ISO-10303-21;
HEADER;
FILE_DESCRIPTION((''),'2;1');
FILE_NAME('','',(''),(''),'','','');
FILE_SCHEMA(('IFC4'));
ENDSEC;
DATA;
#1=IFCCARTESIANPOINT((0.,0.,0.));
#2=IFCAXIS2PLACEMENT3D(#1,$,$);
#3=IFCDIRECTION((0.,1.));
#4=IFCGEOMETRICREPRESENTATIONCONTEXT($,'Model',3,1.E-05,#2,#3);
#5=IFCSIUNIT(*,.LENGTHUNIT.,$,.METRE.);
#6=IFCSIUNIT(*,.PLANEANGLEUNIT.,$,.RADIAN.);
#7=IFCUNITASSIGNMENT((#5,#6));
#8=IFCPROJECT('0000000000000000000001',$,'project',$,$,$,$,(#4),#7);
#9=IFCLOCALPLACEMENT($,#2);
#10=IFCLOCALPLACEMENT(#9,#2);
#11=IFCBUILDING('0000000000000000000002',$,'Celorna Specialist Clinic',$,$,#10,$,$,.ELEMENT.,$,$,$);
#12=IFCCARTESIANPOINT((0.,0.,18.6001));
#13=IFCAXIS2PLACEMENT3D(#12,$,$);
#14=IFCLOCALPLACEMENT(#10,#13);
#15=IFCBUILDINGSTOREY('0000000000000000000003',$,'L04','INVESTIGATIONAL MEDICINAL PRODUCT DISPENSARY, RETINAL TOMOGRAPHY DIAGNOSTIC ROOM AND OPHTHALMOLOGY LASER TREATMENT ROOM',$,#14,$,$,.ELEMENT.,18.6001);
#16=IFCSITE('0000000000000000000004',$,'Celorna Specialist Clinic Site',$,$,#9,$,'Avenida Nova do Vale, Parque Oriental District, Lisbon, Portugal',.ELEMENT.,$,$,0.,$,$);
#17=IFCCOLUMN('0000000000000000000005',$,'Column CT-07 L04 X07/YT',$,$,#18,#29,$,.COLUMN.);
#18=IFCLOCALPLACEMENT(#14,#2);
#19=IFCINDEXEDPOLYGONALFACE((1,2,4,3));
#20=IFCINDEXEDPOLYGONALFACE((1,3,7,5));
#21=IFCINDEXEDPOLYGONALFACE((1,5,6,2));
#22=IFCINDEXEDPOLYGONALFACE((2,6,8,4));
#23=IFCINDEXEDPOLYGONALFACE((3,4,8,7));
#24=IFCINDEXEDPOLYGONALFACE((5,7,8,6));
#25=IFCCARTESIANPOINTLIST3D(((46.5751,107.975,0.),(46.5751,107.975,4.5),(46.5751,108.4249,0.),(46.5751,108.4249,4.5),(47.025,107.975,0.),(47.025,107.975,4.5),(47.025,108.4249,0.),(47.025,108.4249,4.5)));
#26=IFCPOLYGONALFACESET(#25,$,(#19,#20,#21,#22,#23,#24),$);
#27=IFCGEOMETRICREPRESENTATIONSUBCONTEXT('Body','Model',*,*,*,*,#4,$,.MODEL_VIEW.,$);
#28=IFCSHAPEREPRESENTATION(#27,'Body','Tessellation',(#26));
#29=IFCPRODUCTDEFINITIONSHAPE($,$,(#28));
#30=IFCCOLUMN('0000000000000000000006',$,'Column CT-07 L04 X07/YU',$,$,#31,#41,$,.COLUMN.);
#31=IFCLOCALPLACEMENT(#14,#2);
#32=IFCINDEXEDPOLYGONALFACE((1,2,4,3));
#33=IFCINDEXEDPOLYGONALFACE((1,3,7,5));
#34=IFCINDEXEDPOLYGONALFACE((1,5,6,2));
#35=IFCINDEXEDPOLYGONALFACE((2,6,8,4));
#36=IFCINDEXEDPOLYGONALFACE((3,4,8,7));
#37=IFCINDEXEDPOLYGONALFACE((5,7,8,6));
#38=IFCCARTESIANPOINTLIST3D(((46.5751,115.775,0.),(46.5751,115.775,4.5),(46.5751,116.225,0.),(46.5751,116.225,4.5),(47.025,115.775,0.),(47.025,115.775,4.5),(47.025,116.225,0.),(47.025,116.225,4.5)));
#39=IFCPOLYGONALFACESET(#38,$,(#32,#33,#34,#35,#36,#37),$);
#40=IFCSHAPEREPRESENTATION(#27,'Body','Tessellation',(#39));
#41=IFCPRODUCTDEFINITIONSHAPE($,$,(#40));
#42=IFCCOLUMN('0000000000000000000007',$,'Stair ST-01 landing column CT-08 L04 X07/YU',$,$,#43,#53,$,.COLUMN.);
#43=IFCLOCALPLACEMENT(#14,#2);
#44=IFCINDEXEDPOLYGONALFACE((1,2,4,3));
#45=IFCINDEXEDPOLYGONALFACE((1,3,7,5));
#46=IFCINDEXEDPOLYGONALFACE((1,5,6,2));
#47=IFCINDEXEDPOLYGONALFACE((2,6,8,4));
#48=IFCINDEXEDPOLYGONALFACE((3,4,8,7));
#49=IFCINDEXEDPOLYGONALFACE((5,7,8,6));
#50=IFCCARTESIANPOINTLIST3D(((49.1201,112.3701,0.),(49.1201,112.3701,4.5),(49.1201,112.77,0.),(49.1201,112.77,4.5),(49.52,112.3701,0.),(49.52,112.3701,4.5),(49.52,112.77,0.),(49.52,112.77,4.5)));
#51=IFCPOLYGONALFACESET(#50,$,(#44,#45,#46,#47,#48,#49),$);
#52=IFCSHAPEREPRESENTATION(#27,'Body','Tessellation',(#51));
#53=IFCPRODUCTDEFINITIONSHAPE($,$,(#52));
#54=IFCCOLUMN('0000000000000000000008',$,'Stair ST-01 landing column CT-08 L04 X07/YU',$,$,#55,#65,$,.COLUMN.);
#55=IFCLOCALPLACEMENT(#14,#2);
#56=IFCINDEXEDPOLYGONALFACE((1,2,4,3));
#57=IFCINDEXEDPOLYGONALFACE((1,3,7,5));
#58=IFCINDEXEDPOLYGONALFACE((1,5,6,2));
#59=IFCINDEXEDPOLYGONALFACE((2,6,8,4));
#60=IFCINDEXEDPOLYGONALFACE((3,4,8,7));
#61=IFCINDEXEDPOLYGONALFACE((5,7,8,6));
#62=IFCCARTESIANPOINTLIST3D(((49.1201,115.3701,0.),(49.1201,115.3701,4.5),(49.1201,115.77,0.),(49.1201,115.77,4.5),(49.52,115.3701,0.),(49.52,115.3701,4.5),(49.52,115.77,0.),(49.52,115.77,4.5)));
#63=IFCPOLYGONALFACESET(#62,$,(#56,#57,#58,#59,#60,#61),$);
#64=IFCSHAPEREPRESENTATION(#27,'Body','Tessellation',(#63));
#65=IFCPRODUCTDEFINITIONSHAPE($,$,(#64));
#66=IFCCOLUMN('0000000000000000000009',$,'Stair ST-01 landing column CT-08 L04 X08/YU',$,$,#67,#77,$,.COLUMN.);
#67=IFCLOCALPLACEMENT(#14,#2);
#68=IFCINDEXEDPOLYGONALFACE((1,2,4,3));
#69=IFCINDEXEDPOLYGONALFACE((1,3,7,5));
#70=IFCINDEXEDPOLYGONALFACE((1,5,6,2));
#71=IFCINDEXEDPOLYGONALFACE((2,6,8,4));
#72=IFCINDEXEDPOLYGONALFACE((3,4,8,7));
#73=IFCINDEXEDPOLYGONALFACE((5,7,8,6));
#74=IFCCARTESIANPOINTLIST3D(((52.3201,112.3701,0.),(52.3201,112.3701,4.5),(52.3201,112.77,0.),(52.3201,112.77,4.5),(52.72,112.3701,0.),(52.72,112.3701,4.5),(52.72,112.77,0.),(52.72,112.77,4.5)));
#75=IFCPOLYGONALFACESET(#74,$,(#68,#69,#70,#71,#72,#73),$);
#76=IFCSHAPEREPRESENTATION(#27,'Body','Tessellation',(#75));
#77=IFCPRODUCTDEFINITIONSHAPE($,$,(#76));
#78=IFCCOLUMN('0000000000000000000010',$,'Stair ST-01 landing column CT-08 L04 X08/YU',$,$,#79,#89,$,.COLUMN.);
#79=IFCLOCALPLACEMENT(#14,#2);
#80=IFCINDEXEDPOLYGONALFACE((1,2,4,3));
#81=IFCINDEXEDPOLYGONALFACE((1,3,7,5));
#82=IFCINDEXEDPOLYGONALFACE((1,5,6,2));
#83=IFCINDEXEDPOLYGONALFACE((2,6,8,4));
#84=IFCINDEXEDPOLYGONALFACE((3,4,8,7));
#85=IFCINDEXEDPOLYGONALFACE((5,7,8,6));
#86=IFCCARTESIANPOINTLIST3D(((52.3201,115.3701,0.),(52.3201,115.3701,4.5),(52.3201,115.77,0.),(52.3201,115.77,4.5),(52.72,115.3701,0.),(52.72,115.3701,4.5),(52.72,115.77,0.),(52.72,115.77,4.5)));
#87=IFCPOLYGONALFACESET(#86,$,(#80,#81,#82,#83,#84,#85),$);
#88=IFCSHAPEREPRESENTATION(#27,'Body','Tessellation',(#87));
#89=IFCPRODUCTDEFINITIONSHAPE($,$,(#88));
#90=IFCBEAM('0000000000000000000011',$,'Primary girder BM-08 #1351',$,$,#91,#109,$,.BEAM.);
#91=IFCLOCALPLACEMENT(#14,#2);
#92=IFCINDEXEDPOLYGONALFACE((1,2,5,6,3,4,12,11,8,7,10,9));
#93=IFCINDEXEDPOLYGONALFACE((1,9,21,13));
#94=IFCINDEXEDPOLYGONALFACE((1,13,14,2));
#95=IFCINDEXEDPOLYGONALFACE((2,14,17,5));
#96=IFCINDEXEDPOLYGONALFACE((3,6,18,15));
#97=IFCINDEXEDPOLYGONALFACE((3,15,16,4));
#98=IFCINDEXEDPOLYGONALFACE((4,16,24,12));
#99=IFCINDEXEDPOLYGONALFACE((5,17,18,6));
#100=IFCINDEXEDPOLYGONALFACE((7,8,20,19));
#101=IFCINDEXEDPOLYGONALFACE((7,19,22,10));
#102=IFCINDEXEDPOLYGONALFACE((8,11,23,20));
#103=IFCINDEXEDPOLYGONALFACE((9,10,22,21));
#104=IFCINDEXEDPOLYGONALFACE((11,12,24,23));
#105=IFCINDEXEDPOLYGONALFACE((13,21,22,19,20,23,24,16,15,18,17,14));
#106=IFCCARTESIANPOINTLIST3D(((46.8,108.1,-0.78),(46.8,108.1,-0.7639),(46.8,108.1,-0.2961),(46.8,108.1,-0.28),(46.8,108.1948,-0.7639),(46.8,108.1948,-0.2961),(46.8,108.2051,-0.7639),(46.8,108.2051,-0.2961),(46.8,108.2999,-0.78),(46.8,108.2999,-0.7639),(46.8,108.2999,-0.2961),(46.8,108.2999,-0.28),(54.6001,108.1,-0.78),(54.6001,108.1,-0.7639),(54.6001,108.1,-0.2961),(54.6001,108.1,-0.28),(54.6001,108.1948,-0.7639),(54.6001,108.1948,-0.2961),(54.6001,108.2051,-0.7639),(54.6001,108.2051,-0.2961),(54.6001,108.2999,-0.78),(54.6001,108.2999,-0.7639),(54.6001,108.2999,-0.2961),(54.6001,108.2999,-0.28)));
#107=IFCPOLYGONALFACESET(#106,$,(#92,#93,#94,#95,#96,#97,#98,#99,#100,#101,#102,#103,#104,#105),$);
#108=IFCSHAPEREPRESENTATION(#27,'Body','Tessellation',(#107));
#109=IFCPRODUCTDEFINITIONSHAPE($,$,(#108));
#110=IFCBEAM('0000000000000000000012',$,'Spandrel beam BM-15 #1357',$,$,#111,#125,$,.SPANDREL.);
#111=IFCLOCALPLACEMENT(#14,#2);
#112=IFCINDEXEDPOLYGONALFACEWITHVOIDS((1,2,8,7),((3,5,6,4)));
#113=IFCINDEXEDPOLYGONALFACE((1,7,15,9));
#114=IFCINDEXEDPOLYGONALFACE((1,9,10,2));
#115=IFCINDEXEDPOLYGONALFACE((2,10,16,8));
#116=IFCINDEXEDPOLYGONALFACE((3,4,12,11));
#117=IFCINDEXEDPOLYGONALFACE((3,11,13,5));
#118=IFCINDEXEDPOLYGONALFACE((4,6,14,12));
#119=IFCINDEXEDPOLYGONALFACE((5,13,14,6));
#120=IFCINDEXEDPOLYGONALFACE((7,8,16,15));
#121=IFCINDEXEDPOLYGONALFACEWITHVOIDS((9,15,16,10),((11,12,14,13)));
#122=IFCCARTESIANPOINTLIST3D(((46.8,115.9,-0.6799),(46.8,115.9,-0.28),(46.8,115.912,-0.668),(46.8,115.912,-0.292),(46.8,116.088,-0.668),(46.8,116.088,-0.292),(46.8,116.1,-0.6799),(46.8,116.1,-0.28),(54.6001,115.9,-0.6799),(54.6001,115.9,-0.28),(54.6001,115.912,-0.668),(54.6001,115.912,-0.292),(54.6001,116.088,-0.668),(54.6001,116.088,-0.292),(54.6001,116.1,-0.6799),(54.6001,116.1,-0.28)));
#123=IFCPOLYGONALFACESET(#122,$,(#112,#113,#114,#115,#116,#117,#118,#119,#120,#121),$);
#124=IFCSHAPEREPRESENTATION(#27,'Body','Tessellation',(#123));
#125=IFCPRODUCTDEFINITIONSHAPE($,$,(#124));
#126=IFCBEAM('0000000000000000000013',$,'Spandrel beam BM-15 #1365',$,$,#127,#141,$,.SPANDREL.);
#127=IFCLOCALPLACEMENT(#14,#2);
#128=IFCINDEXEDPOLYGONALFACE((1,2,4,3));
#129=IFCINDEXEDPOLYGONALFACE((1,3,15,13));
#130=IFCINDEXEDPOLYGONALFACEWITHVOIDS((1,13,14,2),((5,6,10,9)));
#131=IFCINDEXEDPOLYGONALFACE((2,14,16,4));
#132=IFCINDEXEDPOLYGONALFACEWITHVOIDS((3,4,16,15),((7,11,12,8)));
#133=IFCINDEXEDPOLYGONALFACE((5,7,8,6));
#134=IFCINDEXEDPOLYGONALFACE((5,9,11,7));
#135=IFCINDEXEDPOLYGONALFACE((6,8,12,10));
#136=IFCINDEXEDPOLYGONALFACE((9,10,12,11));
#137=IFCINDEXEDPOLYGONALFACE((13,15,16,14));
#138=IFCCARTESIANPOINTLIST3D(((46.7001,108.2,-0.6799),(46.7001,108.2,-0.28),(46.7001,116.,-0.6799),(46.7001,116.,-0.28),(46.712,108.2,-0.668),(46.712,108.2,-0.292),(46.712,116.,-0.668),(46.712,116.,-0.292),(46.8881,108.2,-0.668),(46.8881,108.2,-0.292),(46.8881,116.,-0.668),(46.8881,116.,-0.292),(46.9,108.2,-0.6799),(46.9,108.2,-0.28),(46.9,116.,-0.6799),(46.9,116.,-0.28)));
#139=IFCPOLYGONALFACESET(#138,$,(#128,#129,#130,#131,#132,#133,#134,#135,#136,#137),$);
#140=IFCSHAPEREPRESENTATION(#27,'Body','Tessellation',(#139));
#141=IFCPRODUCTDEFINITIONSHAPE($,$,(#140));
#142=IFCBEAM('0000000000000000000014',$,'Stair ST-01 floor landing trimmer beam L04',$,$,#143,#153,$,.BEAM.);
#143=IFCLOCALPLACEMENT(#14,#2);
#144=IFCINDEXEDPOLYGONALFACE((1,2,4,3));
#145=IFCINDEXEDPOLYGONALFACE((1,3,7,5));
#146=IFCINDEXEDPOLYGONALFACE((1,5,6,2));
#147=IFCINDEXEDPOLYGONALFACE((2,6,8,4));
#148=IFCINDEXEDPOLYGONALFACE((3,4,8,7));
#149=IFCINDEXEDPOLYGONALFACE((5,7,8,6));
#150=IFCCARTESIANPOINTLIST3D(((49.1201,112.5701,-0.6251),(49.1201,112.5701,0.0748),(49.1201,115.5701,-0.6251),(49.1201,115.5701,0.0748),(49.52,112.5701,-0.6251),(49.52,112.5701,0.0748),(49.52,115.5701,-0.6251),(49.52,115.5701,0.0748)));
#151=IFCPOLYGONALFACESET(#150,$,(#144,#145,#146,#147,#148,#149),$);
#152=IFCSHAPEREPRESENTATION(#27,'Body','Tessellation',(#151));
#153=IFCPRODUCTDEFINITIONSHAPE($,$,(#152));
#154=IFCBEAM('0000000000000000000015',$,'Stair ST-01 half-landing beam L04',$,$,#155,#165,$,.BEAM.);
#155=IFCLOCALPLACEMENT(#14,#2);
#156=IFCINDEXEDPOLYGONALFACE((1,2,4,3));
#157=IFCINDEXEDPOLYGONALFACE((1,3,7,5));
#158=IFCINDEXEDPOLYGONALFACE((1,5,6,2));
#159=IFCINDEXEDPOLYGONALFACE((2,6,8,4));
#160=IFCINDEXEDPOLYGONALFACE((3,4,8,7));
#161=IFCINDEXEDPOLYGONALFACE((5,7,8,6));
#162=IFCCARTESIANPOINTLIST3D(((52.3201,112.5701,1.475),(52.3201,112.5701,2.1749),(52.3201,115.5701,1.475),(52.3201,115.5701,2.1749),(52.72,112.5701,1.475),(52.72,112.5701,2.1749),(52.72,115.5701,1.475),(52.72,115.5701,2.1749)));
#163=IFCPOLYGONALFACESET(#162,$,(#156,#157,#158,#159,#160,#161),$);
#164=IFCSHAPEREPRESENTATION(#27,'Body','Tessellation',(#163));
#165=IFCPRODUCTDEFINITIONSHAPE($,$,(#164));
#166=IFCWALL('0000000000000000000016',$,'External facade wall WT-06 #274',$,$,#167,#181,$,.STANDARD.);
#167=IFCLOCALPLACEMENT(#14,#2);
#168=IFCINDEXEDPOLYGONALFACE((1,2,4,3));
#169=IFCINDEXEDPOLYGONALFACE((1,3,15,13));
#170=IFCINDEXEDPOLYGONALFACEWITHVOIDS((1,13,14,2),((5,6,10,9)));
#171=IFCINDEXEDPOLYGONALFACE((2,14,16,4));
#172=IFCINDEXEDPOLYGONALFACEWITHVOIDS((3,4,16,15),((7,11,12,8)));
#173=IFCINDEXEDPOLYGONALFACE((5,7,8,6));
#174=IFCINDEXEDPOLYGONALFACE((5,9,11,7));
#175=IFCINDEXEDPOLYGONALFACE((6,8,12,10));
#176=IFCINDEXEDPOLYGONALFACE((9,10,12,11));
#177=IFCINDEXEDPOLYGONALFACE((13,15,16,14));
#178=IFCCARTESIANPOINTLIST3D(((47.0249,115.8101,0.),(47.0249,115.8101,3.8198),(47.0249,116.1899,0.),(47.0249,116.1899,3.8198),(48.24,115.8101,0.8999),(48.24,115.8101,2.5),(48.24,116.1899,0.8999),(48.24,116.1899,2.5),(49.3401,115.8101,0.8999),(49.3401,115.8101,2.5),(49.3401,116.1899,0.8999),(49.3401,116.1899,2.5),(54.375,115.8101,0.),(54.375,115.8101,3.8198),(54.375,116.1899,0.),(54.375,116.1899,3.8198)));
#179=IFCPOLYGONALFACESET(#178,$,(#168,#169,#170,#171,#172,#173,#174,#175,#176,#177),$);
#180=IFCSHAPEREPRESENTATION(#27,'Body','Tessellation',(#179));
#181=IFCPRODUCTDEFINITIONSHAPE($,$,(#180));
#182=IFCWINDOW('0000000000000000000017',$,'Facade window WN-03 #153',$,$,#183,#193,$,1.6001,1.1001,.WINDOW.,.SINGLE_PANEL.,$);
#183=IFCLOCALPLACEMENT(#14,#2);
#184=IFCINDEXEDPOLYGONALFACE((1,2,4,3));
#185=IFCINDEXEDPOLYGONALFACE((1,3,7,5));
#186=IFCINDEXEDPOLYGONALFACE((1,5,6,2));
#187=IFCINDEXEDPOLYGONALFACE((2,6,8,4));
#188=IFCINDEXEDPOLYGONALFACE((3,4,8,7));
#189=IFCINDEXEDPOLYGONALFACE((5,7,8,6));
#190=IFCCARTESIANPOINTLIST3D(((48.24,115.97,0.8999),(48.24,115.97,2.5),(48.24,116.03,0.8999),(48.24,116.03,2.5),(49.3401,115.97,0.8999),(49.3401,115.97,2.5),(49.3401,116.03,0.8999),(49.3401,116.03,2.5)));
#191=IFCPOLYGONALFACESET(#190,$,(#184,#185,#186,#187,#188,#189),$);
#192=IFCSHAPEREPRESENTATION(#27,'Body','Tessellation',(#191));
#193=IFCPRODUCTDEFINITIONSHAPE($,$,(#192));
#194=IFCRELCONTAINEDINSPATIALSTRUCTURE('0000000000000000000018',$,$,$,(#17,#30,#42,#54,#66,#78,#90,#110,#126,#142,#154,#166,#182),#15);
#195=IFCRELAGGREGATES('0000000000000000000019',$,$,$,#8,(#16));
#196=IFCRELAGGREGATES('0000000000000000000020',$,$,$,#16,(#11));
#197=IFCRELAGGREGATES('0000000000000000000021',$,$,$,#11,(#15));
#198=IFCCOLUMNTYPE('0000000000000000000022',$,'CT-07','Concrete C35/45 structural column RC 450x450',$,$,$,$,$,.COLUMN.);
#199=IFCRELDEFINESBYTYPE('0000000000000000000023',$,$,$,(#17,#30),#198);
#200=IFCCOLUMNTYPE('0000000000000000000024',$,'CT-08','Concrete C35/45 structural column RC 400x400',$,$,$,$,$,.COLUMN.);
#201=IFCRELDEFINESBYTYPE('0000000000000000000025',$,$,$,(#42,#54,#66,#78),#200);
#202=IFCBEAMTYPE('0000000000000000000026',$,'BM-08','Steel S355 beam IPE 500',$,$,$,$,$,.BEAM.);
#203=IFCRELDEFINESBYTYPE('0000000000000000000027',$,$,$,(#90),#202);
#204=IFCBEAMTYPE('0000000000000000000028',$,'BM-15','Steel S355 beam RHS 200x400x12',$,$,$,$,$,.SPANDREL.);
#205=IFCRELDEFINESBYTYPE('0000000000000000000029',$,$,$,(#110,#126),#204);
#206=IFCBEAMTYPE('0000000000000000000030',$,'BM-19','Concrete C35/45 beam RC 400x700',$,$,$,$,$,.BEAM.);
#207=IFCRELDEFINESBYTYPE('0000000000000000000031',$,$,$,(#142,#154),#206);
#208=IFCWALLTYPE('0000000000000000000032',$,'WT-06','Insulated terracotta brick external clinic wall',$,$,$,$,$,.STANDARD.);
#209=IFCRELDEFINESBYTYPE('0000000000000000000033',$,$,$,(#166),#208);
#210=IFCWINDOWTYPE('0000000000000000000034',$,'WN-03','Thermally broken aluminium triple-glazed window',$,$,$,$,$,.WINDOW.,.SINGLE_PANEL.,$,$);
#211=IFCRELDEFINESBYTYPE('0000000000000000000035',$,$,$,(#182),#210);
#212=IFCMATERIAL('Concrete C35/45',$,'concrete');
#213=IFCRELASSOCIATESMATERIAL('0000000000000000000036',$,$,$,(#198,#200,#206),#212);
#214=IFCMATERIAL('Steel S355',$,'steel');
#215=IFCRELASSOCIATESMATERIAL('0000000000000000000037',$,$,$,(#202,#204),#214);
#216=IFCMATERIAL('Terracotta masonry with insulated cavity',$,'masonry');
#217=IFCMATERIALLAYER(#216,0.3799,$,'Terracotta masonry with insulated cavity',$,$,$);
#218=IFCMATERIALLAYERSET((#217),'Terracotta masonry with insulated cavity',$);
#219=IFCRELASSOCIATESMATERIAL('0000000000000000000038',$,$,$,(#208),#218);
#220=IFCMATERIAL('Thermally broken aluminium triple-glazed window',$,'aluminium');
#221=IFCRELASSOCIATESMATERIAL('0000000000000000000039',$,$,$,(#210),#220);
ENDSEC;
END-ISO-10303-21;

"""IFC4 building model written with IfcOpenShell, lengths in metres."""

from ifc_helpers import new_model, si_unit, direction, frame, frame_2d, origin, origin_2d, place, context, subcontext, project, spatial, rectangle, hollow_rectangle, i_section, extrude, material, layer, layer_set, material_profile, profile_set, type_object, element, fill, save


model = new_model("IFC4")

# Units and contexts
model_context = context("Model", 3, precision=1e-05, world=origin(), true_north=direction((0.0, 1.0)))
body_context = subcontext(model_context, "Body", "Model", "MODEL_VIEW")
ifc_project = project(units=[si_unit("LENGTHUNIT", "METRE"), si_unit("PLANEANGLEUNIT", "RADIAN")], contexts=[model_context])

# Site, building, storey
site_placement = place(None, origin())
site = spatial("IfcSite", under=ifc_project, at=site_placement, Name="Celorna Specialist Clinic Site", LongName="Avenida Nova do Vale, Parque Oriental District, Lisbon, Portugal", CompositionType="ELEMENT", RefElevation=0.0)
building_placement = place(site_placement, origin())
building = spatial("IfcBuilding", under=site, at=building_placement, Name="Celorna Specialist Clinic", CompositionType="ELEMENT")
storey_placement = place(building_placement, frame((0.0, 0.0, 18.6001)))
storey = spatial("IfcBuildingStorey", under=building, at=storey_placement, Name="L04", Description="INVESTIGATIONAL MEDICINAL PRODUCT DISPENSARY, RETINAL TOMOGRAPHY DIAGNOSTIC ROOM AND OPHTHALMOLOGY LASER TREATMENT ROOM", CompositionType="ELEMENT", Elevation=18.6001)

# Columns
ifc_material_1 = material(Name="Concrete C35/45", Category="concrete")
ifc_material_profile_1 = material_profile(ifc_material_1, rectangle(XDim=0.45, YDim=0.45, at=origin_2d()), Name="RC 450x450")
ifc_profile_set_1 = profile_set([ifc_material_profile_1], Name="Concrete C35/45")
column_type_1 = type_object("IfcColumnType", Name="CT-07", Description="Concrete C35/45 structural column RC 450x450", PredefinedType="COLUMN", material=ifc_profile_set_1)
for number, where, z_axis, x_axis, name in (
    (1, (46.8, 108.2, 0.0), (0.0, 0.0, 1.0), (1.0, 0.0, 0.0), "Column CT-07 L04 X07/YT"),
    (2, (46.8, 116.0, 0.0), (0.0, 0.0, 1.0), (1.0, 0.0, 0.0), "Column CT-07 L04 X07/YU"),
):
    element("IfcColumn", number, at=place(storey_placement, frame(where, z_axis=z_axis, x_axis=x_axis)), inside=storey, type_object=column_type_1, Name=name, PredefinedType="COLUMN", context=body_context, shape_type="SweptSolid", body=[
        extrude(rectangle(XDim=0.45, YDim=0.45, at=origin_2d()), origin(), (0.0, 0.0, 1.0), 4.5),
    ])
ifc_material_profile_2 = material_profile(ifc_material_1, rectangle(XDim=0.3999, YDim=0.3999, at=origin_2d()), Name="RC 400x400")
ifc_profile_set_2 = profile_set([ifc_material_profile_2], Name="Concrete C35/45")
column_type_2 = type_object("IfcColumnType", Name="CT-08", Description="Concrete C35/45 structural column RC 400x400", PredefinedType="COLUMN", material=ifc_profile_set_2)
for number, where, z_axis, x_axis, name in (
    (3, (49.3201, 112.5701, 0.0), (0.0, 0.0, 1.0), (1.0, 0.0, 0.0), "Stair ST-01 landing column CT-08 L04 X07/YU"),
    (4, (49.3201, 115.5701, 0.0), (0.0, 0.0, 1.0), (1.0, 0.0, 0.0), "Stair ST-01 landing column CT-08 L04 X07/YU"),
    (5, (52.52, 112.5701, 0.0), (0.0, 0.0, 1.0), (1.0, 0.0, 0.0), "Stair ST-01 landing column CT-08 L04 X08/YU"),
    (6, (52.52, 115.5701, 0.0), (0.0, 0.0, 1.0), (1.0, 0.0, 0.0), "Stair ST-01 landing column CT-08 L04 X08/YU"),
):
    element("IfcColumn", number, at=place(storey_placement, frame(where, z_axis=z_axis, x_axis=x_axis)), inside=storey, type_object=column_type_2, Name=name, PredefinedType="COLUMN", context=body_context, shape_type="SweptSolid", body=[
        extrude(rectangle(XDim=0.3999, YDim=0.3999, at=origin_2d()), origin(), (0.0, 0.0, 1.0), 4.5),
    ])

# Beams
ifc_material_2 = material(Name="Steel S355", Category="steel")
ifc_material_profile_3 = material_profile(ifc_material_2, i_section(OverallWidth=0.2, OverallDepth=0.5, WebThickness=0.0103, FlangeThickness=0.0161, at=origin_2d()), Name="IPE 500")
ifc_profile_set_3 = profile_set([ifc_material_profile_3], Name="Steel S355")
beam_type_1 = type_object("IfcBeamType", Name="BM-08", Description="Steel S355 beam IPE 500", PredefinedType="BEAM", material=ifc_profile_set_3)
beam_placement = place(storey_placement, frame((46.8, 108.2, -0.53), z_axis=(1.0, 0.0, 0.0), x_axis=(0.0, 1.0, 0.0)))
element("IfcBeam", 7, at=beam_placement, inside=storey, type_object=beam_type_1, Name="Primary girder BM-08 #1351", PredefinedType="BEAM", context=body_context, shape_type="SweptSolid", body=[
    extrude(i_section(OverallWidth=0.2, OverallDepth=0.5, WebThickness=0.0103, FlangeThickness=0.0161, at=origin_2d()), origin(), (0.0, 0.0, 1.0), 7.8),
])
ifc_material_profile_4 = material_profile(ifc_material_2, hollow_rectangle(XDim=0.2, YDim=0.3999, WallThickness=0.012, at=origin_2d()), Name="RHS 200x400x12")
ifc_profile_set_4 = profile_set([ifc_material_profile_4], Name="Steel S355")
beam_type_2 = type_object("IfcBeamType", Name="BM-15", Description="Steel S355 beam RHS 200x400x12", PredefinedType="SPANDREL", material=ifc_profile_set_4)
for number, where, z_axis, x_axis, name in (
    (8, (46.8, 116.0, -0.48), (1.0, 0.0, 0.0), (0.0, 1.0, 0.0), "Spandrel beam BM-15 #1357"),
    (9, (46.8, 108.2, -0.48), (0.0, 1.0, 0.0), (-1.0, 0.0, 0.0), "Spandrel beam BM-15 #1365"),
):
    element("IfcBeam", number, at=place(storey_placement, frame(where, z_axis=z_axis, x_axis=x_axis)), inside=storey, type_object=beam_type_2, Name=name, PredefinedType="SPANDREL", context=body_context, shape_type="SweptSolid", body=[
        extrude(hollow_rectangle(XDim=0.2, YDim=0.3999, WallThickness=0.012, at=origin_2d()), origin(), (0.0, 0.0, 1.0), 7.8),
    ])
ifc_material_profile_5 = material_profile(ifc_material_1, rectangle(XDim=0.3999, YDim=0.7, at=origin_2d()), Name="RC 400x700")
ifc_profile_set_5 = profile_set([ifc_material_profile_5], Name="Concrete C35/45")
beam_type_3 = type_object("IfcBeamType", Name="BM-19", Description="Concrete C35/45 beam RC 400x700", PredefinedType="BEAM", material=ifc_profile_set_5)
for number, where, z_axis, x_axis, name in (
    (10, (49.3201, 112.5701, -0.2751), (0.0, 1.0, 0.0), (-1.0, 0.0, 0.0), "Stair ST-01 floor landing trimmer beam L04"),
    (11, (52.52, 112.5701, 1.825), (0.0, 1.0, 0.0), (-1.0, 0.0, 0.0), "Stair ST-01 half-landing beam L04"),
):
    element("IfcBeam", number, at=place(storey_placement, frame(where, z_axis=z_axis, x_axis=x_axis)), inside=storey, type_object=beam_type_3, Name=name, PredefinedType="BEAM", context=body_context, shape_type="SweptSolid", body=[
        extrude(rectangle(XDim=0.3999, YDim=0.7, at=origin_2d()), origin(), (0.0, 0.0, 1.0), 3.0),
    ])

# Wall, opening, window
ifc_material_3 = material(Name="Terracotta masonry with insulated cavity", Category="masonry")
ifc_layer_1 = layer(ifc_material_3, 0.3799, Name="Terracotta masonry with insulated cavity")
ifc_layer_set_1 = layer_set([ifc_layer_1], Name="Terracotta masonry with insulated cavity")
wall_type_1 = type_object("IfcWallType", Name="WT-06", Description="Insulated terracotta brick external clinic wall", PredefinedType="STANDARD", material=ifc_layer_set_1)
wall_1_placement = place(storey_placement, frame((47.0249, 116.0, 0.0), z_axis=(0.0, 0.0, 1.0), x_axis=(1.0, 0.0, 0.0)))
wall_1 = element("IfcWall", 12, at=wall_1_placement, inside=storey, type_object=wall_type_1, Name="External facade wall WT-06 #274", PredefinedType="STANDARD", context=body_context, shape_type="SweptSolid", body=[
    extrude(rectangle(XDim=7.3501, YDim=0.3799, at=frame_2d((3.675, 0.0))), origin(), (0.0, 0.0, 1.0), 3.8198),
])
opening_1_placement = place(wall_1_placement, frame((1.2151, 0.0, 0.8999)))
opening_1 = element("IfcOpeningElement", 13, at=opening_1_placement, cuts=wall_1, PredefinedType="OPENING", context=body_context, shape_type="SweptSolid", body=[
    extrude(rectangle(XDim=1.1001, YDim=1.6001, at=frame_2d((0.55, 0.8))), frame((0.0, 0.2, 0.0), z_axis=(0.0, -1.0, 0.0), x_axis=(1.0, 0.0, 0.0)), (0.0, 0.0, 1.0), 0.3999),
])
ifc_material_4 = material(Name="Thermally broken aluminium triple-glazed window", Category="aluminium")
window_type_1 = type_object("IfcWindowType", Name="WN-03", Description="Thermally broken aluminium triple-glazed window", PartitioningType="SINGLE_PANEL", PredefinedType="WINDOW", material=ifc_material_4)
window_1_placement = place(opening_1_placement, origin())
window_1 = element("IfcWindow", 14, at=window_1_placement, inside=storey, type_object=window_type_1, Name="Facade window WN-03 #153", OverallHeight=1.6001, OverallWidth=1.1001, PartitioningType="SINGLE_PANEL", PredefinedType="WINDOW", context=body_context, shape_type="SweptSolid", body=[
    extrude(rectangle(XDim=1.1001, YDim=1.6001, at=frame_2d((0.55, 0.8))), frame((0.0, 0.03, 0.0), z_axis=(0.0, -1.0, 0.0), x_axis=(1.0, 0.0, 0.0)), (0.0, 0.0, 1.0), 0.0601),
])
fill(opening_1, window_1)

save(model, "model.ifc")
